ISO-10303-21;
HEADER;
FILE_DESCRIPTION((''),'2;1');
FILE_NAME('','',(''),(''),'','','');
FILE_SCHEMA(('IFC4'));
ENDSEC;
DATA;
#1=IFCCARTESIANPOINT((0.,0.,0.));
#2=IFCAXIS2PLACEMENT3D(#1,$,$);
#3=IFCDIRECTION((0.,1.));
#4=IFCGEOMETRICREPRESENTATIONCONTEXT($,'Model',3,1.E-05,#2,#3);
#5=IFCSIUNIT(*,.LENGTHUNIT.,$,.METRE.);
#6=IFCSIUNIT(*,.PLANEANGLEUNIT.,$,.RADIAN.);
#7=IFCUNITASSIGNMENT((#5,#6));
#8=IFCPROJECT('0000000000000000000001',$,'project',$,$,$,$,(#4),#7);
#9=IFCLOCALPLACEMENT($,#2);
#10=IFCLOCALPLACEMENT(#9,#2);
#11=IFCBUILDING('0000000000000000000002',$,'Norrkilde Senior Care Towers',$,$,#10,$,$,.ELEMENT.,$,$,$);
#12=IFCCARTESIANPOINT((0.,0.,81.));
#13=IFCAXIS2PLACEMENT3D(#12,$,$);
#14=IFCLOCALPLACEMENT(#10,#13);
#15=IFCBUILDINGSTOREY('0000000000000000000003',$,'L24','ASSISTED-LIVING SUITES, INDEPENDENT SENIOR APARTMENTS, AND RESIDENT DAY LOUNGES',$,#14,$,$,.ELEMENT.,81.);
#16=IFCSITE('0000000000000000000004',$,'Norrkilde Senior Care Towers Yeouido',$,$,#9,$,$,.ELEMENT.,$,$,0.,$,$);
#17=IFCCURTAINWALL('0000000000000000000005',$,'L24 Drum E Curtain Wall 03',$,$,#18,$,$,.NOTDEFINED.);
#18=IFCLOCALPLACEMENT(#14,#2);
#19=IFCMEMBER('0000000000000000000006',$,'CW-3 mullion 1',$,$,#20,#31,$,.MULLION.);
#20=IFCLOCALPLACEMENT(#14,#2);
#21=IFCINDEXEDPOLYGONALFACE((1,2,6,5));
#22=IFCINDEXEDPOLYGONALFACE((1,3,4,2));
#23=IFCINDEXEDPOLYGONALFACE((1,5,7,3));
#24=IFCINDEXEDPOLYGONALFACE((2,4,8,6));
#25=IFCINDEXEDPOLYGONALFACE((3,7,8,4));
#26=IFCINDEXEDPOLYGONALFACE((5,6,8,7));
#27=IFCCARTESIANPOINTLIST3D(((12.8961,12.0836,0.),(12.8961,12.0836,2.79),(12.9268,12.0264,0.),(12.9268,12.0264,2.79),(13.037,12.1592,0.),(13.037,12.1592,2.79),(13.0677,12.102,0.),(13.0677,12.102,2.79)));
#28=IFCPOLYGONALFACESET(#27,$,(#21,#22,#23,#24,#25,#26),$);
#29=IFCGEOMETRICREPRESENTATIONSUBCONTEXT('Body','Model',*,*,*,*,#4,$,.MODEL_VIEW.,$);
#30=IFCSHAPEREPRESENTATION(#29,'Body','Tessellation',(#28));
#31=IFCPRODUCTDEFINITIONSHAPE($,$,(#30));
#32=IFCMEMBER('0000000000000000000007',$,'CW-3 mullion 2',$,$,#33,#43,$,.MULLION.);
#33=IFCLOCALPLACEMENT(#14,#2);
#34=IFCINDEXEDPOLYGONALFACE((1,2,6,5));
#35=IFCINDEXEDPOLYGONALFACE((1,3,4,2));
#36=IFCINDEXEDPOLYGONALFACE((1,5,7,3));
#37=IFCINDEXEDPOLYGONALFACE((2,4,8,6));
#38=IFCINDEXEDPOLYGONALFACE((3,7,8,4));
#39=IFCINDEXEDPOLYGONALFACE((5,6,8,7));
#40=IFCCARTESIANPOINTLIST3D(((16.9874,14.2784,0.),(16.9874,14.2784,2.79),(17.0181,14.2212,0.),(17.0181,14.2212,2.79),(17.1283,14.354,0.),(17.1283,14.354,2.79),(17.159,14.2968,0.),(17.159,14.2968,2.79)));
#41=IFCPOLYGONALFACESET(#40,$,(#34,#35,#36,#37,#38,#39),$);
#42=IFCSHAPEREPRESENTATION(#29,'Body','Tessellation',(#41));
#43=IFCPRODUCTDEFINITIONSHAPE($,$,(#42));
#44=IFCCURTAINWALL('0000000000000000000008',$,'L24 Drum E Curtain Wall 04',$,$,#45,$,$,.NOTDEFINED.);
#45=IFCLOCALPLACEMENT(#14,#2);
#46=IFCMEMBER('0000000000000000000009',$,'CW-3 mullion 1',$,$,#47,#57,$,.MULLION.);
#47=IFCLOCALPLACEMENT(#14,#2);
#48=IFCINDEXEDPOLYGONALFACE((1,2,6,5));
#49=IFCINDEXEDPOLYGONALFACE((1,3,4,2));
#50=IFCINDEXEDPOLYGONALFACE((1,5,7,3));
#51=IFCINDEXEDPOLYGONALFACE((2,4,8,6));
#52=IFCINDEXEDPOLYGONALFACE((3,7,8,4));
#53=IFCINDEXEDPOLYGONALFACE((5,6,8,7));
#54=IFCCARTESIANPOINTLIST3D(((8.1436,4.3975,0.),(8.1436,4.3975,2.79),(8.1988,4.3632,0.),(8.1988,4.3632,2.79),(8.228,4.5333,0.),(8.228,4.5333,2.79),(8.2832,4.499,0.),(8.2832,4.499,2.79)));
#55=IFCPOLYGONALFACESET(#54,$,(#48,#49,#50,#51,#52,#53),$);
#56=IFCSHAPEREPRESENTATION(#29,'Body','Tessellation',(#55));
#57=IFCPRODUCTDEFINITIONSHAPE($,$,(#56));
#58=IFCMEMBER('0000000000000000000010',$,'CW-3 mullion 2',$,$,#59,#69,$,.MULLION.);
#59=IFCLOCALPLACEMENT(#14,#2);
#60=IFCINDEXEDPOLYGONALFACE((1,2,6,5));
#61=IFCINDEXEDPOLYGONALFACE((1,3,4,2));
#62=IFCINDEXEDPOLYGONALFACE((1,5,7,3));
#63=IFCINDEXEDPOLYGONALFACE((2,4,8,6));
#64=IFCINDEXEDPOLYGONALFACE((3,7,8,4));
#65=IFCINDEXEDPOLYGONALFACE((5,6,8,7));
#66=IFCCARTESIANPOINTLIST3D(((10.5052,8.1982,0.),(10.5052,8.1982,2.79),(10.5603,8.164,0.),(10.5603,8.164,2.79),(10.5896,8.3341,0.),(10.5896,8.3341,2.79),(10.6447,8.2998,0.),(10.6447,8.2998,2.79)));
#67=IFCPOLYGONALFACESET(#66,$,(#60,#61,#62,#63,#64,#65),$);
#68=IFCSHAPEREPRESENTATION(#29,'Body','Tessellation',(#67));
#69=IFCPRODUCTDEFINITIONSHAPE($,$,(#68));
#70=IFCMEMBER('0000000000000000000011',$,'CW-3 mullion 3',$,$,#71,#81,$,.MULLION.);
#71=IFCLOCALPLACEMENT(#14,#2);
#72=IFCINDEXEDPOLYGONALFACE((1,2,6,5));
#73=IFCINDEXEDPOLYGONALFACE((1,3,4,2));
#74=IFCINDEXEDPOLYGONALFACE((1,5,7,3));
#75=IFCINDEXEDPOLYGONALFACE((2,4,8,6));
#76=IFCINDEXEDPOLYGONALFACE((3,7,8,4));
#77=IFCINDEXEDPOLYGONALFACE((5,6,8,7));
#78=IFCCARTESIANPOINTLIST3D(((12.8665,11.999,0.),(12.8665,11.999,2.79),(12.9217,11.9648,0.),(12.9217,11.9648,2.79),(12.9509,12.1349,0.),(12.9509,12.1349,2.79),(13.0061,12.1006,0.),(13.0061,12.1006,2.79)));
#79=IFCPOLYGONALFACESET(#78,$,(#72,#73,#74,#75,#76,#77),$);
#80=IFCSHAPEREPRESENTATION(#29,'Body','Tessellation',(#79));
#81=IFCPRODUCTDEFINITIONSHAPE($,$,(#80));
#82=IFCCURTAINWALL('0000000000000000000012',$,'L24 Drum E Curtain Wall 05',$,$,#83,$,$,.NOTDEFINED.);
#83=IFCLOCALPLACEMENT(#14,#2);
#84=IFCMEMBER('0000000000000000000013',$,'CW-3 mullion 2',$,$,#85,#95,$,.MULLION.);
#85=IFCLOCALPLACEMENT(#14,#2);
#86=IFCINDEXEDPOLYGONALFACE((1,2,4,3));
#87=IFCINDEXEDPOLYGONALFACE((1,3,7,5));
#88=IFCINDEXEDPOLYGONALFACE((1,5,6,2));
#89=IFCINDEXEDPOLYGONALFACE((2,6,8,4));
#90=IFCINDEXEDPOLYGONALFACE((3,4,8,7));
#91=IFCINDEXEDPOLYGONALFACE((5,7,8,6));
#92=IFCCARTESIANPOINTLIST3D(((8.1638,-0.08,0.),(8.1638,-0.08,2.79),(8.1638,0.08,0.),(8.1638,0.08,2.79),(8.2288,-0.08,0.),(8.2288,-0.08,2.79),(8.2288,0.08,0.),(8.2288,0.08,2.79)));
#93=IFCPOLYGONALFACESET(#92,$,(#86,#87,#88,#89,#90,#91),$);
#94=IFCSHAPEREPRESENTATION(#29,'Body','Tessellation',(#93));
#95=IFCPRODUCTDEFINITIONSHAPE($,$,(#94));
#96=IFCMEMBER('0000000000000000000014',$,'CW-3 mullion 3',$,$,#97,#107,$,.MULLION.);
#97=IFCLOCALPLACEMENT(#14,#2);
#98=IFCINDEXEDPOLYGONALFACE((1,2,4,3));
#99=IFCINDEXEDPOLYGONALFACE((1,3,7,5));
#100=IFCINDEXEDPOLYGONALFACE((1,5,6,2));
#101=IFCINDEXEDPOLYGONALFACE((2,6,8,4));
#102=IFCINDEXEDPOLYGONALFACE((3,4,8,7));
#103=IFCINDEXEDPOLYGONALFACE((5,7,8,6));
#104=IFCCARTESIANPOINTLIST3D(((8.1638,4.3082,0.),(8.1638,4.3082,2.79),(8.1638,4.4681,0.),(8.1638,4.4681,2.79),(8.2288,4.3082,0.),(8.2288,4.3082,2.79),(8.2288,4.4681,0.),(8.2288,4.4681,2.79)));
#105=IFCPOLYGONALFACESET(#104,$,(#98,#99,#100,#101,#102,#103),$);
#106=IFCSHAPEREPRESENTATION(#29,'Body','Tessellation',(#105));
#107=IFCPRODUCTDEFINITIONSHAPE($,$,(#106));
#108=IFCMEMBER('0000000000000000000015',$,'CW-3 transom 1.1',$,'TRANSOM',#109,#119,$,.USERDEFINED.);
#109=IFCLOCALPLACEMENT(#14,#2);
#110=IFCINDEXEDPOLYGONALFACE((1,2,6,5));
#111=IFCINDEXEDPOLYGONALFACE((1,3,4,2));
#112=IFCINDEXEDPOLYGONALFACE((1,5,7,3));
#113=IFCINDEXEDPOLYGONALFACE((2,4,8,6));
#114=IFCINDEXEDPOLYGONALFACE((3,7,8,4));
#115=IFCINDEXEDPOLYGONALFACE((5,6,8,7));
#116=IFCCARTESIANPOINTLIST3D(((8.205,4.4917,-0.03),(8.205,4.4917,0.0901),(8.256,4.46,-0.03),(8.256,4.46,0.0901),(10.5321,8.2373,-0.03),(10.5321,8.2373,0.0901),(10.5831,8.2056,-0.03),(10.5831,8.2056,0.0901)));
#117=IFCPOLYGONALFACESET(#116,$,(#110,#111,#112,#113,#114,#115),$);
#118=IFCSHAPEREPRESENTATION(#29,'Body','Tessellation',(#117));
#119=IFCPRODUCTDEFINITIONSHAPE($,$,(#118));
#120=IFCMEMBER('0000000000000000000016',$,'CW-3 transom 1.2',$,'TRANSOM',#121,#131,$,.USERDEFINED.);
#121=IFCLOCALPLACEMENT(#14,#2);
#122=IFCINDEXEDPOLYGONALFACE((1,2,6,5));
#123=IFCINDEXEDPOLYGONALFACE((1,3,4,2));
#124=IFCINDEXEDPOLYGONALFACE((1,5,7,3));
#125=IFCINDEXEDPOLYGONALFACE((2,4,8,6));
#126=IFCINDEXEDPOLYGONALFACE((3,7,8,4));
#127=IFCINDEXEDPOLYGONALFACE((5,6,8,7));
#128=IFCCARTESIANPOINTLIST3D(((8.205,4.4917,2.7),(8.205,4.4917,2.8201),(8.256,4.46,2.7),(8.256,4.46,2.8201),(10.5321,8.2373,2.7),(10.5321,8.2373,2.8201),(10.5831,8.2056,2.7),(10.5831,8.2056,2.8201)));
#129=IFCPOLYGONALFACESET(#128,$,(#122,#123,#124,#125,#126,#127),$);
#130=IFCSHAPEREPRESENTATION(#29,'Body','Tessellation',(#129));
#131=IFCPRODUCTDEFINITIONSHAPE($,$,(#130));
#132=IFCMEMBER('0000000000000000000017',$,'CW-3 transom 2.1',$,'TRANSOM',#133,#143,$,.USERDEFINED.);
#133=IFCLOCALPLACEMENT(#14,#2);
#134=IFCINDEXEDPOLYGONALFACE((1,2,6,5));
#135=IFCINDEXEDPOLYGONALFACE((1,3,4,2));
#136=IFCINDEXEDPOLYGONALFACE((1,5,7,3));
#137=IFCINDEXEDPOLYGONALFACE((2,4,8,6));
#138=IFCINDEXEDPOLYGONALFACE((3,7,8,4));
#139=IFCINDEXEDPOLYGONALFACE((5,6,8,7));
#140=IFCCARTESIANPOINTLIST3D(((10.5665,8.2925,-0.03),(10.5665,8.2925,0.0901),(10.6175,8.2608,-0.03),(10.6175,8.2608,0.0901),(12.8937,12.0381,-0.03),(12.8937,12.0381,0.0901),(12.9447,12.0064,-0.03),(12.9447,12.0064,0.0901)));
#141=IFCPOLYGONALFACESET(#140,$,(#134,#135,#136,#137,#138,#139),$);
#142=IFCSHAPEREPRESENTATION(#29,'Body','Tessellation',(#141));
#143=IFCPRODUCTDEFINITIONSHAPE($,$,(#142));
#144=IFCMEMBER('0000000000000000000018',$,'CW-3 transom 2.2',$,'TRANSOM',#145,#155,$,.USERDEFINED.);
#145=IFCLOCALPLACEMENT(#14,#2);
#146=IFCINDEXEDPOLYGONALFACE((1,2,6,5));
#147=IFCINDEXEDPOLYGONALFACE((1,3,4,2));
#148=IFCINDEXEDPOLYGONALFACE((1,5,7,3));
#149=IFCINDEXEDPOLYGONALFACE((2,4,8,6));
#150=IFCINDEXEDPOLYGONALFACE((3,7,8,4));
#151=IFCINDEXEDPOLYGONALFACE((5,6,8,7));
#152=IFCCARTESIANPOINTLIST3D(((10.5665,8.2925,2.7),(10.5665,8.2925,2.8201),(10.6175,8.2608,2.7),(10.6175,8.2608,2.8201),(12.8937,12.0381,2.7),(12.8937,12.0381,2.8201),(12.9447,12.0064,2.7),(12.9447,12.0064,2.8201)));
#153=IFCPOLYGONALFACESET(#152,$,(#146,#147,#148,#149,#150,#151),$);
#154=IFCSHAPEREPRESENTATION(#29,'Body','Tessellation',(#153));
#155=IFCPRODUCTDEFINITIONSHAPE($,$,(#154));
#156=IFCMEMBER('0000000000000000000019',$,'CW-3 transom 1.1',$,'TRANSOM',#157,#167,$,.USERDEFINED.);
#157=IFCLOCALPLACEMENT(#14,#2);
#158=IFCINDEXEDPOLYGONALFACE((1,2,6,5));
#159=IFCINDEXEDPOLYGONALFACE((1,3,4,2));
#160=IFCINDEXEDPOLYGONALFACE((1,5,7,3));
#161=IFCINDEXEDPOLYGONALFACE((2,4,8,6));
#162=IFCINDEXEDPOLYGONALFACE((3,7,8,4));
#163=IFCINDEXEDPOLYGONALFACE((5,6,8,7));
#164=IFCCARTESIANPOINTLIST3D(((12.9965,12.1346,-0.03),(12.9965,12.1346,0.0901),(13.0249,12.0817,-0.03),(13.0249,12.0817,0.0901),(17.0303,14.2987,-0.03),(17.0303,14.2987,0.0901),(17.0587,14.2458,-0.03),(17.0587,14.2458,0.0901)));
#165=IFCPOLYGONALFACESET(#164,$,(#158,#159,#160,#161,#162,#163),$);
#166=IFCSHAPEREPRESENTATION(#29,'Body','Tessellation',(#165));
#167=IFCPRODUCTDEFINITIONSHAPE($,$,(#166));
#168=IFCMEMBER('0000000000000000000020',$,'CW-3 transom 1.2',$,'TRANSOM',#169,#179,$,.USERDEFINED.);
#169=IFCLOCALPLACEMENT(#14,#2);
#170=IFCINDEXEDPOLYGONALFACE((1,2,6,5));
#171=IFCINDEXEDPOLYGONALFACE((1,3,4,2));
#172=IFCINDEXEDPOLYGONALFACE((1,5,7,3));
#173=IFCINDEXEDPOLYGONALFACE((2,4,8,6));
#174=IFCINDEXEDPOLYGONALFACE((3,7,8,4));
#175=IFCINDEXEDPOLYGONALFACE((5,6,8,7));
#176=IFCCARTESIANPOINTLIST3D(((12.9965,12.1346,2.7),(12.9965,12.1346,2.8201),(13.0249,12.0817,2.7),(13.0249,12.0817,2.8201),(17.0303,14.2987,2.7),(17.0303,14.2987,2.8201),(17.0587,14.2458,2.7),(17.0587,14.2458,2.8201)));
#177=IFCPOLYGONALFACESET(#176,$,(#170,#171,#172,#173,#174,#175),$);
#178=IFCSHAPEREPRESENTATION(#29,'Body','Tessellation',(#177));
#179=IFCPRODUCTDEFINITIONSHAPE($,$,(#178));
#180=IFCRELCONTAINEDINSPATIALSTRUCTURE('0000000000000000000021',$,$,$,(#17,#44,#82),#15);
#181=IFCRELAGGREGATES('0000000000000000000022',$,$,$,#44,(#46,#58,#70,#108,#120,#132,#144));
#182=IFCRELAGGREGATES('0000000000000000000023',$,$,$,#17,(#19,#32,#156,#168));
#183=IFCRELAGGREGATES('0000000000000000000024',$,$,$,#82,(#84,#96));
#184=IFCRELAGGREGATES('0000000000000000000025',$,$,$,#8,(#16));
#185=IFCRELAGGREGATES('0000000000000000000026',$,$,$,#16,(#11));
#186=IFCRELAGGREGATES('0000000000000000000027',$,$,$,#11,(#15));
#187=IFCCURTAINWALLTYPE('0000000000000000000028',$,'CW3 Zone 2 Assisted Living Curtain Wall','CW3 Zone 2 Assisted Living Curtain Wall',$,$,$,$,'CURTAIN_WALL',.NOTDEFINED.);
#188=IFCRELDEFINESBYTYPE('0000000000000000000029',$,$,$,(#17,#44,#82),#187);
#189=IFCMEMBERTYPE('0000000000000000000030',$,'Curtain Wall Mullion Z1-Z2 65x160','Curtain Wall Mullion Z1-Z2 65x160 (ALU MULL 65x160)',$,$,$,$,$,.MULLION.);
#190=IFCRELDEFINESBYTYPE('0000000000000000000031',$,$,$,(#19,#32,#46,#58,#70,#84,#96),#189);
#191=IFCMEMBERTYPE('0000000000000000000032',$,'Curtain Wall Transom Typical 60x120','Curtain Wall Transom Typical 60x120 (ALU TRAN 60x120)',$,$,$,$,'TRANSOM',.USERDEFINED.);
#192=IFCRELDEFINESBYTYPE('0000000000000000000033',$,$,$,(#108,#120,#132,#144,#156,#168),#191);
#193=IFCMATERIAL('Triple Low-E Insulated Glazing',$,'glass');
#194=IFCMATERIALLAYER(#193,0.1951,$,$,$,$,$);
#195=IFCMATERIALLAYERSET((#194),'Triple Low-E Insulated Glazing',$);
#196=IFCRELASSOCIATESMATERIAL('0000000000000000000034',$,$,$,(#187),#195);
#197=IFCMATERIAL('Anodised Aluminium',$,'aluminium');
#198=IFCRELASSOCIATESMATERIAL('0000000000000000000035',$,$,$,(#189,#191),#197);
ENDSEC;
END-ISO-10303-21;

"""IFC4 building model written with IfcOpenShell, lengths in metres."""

from ifc_helpers import new_model, si_unit, direction, frame, origin, origin_2d, place, context, subcontext, project, spatial, rectangle, extrude, source, transform, mapped, material, layer, layer_set, material_profile, profile_set, type_object, type_shapes, element, aggregate, save


model = new_model("IFC4")

# Units and contexts
model_context = context("Model", 3, precision=1e-05, world=origin(), true_north=direction((0.0, 1.0)))
body_context = subcontext(model_context, "Body", "Model", "MODEL_VIEW")
ifc_project = project(units=[si_unit("LENGTHUNIT", "METRE"), si_unit("PLANEANGLEUNIT", "RADIAN")], contexts=[model_context])

# Site, building, storey
site_placement = place(None, origin())
site = spatial("IfcSite", under=ifc_project, at=site_placement, Name="Norrkilde Senior Care Towers Yeouido", CompositionType="ELEMENT", RefElevation=0.0)
building_placement = place(site_placement, origin())
building = spatial("IfcBuilding", under=site, at=building_placement, Name="Norrkilde Senior Care Towers", CompositionType="ELEMENT")
storey_placement = place(building_placement, frame((0.0, 0.0, 81.0)))
storey = spatial("IfcBuildingStorey", under=building, at=storey_placement, Name="L24", Description="ASSISTED-LIVING SUITES, INDEPENDENT SENIOR APARTMENTS, AND RESIDENT DAY LOUNGES", CompositionType="ELEMENT", Elevation=81.0)

# Curtain walls, members
ifc_material_1 = material(Name="Triple Low-E Insulated Glazing", Category="glass")
ifc_layer_1 = layer(ifc_material_1, 0.1951)
ifc_layer_set_1 = layer_set([ifc_layer_1], Name="Triple Low-E Insulated Glazing")
curtain_wall_type = type_object("IfcCurtainWallType", Name="CW3 Zone 2 Assisted Living Curtain Wall", Description="CW3 Zone 2 Assisted Living Curtain Wall", ElementType="CURTAIN_WALL", PredefinedType="NOTDEFINED", material=ifc_layer_set_1)
curtain_wall_1_placement = place(storey_placement, origin())
curtain_wall_1 = element("IfcCurtainWall", 1, at=curtain_wall_1_placement, inside=storey, type_object=curtain_wall_type, Name="L24 Drum E Curtain Wall 03", PredefinedType="NOTDEFINED")
ifc_material_2 = material(Name="Anodised Aluminium", Category="aluminium")
ifc_material_profile_1 = material_profile(ifc_material_2, rectangle(XDim=0.0649, YDim=0.1599, at=origin_2d()), Name="ALU MULL 65x160")
ifc_profile_set_1 = profile_set([ifc_material_profile_1], Name="Anodised Aluminium")
member_type_1 = type_object("IfcMemberType", Name="Curtain Wall Mullion Z1-Z2 65x160", Description="Curtain Wall Mullion Z1-Z2 65x160 (ALU MULL 65x160)", PredefinedType="MULLION", material=ifc_profile_set_1)
shared_shape_1 = source(origin(), body_context, "Body", "SweptSolid", [
    extrude(rectangle(XDim=0.0649, YDim=0.1599, at=origin_2d()), origin(), (0.0, 0.0, 1.0), 2.79),
])
type_shapes(member_type_1, [shared_shape_1])
member_1_placement = place(storey_placement, frame((12.9819, 12.0928, 0.0), z_axis=(0.0, 0.0, 1.0), x_axis=(-0.472769, 0.881186, 0.0)))
member_1 = element("IfcMember", 2, at=member_1_placement, type_object=member_type_1, Name="CW-3 mullion 1", PredefinedType="MULLION", context=body_context, shape_type="MappedRepresentation", body=[
    mapped(shared_shape_1, transform((0.0, 0.0, 0.0), x_axis=(1.0, 0.0, 0.0), y_axis=(0.0, 1.0, 0.0), z_axis=(0.0, 0.0, 1.0), scale=1.0)),
])
member_2_placement = place(storey_placement, frame((17.0732, 14.2876, 0.0), z_axis=(0.0, 0.0, 1.0), x_axis=(-0.472769, 0.881186, 0.0)))
member_2 = element("IfcMember", 3, at=member_2_placement, type_object=member_type_1, Name="CW-3 mullion 2", PredefinedType="MULLION", context=body_context, shape_type="MappedRepresentation", body=[
    mapped(shared_shape_1, transform((0.0, 0.0, 0.0), x_axis=(1.0, 0.0, 0.0), y_axis=(0.0, 1.0, 0.0), z_axis=(0.0, 0.0, 1.0), scale=1.0)),
])
curtain_wall_2_placement = place(storey_placement, origin())
curtain_wall_2 = element("IfcCurtainWall", 4, at=curtain_wall_2_placement, inside=storey, type_object=curtain_wall_type, Name="L24 Drum E Curtain Wall 04", PredefinedType="NOTDEFINED")
member_3_placement = place(storey_placement, frame((8.2134, 4.4482, 0.0), z_axis=(0.0, 0.0, 1.0), x_axis=(-0.84941, 0.527733, 0.0)))
member_3 = element("IfcMember", 5, at=member_3_placement, type_object=member_type_1, Name="CW-3 mullion 1", PredefinedType="MULLION", context=body_context, shape_type="MappedRepresentation", body=[
    mapped(shared_shape_1, transform((0.0, 0.0, 0.0), x_axis=(1.0, 0.0, 0.0), y_axis=(0.0, 1.0, 0.0), z_axis=(0.0, 0.0, 1.0), scale=1.0)),
])
member_4_placement = place(storey_placement, frame((10.575, 8.249, 0.0), z_axis=(0.0, 0.0, 1.0), x_axis=(-0.84941, 0.527733, 0.0)))
member_4 = element("IfcMember", 6, at=member_4_placement, type_object=member_type_1, Name="CW-3 mullion 2", PredefinedType="MULLION", context=body_context, shape_type="MappedRepresentation", body=[
    mapped(shared_shape_1, transform((0.0, 0.0, 0.0), x_axis=(1.0, 0.0, 0.0), y_axis=(0.0, 1.0, 0.0), z_axis=(0.0, 0.0, 1.0), scale=1.0)),
])
member_5_placement = place(storey_placement, frame((12.9363, 12.0498, 0.0), z_axis=(0.0, 0.0, 1.0), x_axis=(-0.84941, 0.527733, 0.0)))
member_5 = element("IfcMember", 7, at=member_5_placement, type_object=member_type_1, Name="CW-3 mullion 3", PredefinedType="MULLION", context=body_context, shape_type="MappedRepresentation", body=[
    mapped(shared_shape_1, transform((0.0, 0.0, 0.0), x_axis=(1.0, 0.0, 0.0), y_axis=(0.0, 1.0, 0.0), z_axis=(0.0, 0.0, 1.0), scale=1.0)),
])
curtain_wall_3_placement = place(storey_placement, origin())
curtain_wall_3 = element("IfcCurtainWall", 8, at=curtain_wall_3_placement, inside=storey, type_object=curtain_wall_type, Name="L24 Drum E Curtain Wall 05", PredefinedType="NOTDEFINED")
member_6_placement = place(storey_placement, frame((8.1963, 0.0, 0.0), z_axis=(0.0, 0.0, 1.0), x_axis=(-1.0, 0.0, 0.0)))
member_6 = element("IfcMember", 9, at=member_6_placement, type_object=member_type_1, Name="CW-3 mullion 2", PredefinedType="MULLION", context=body_context, shape_type="MappedRepresentation", body=[
    mapped(shared_shape_1, transform((0.0, 0.0, 0.0), x_axis=(1.0, 0.0, 0.0), y_axis=(0.0, 1.0, 0.0), z_axis=(0.0, 0.0, 1.0), scale=1.0)),
])
member_7_placement = place(storey_placement, frame((8.1963, 4.3882, 0.0), z_axis=(0.0, 0.0, 1.0), x_axis=(-1.0, 0.0, 0.0)))
member_7 = element("IfcMember", 10, at=member_7_placement, type_object=member_type_1, Name="CW-3 mullion 3", PredefinedType="MULLION", context=body_context, shape_type="MappedRepresentation", body=[
    mapped(shared_shape_1, transform((0.0, 0.0, 0.0), x_axis=(1.0, 0.0, 0.0), y_axis=(0.0, 1.0, 0.0), z_axis=(0.0, 0.0, 1.0), scale=1.0)),
])

# Members
ifc_material_profile_2 = material_profile(ifc_material_2, rectangle(XDim=0.0601, YDim=0.1201, at=origin_2d()), Name="ALU TRAN 60x120")
ifc_profile_set_2 = profile_set([ifc_material_profile_2], Name="Anodised Aluminium")
member_type_2 = type_object("IfcMemberType", Name="Curtain Wall Transom Typical 60x120", Description="Curtain Wall Transom Typical 60x120 (ALU TRAN 60x120)", ElementType="TRANSOM", PredefinedType="USERDEFINED", material=ifc_profile_set_2)
shared_shape_2 = source(origin(), body_context, "Body", "SweptSolid", [
    extrude(rectangle(XDim=0.0601, YDim=0.1201, at=origin_2d()), origin(), (0.0, 0.0, 1.0), 4.4097),
])
member_8_placement = place(storey_placement, frame((8.2305, 4.4758, 0.03), z_axis=(0.527738, 0.849407, 0.0), x_axis=(-0.849407, 0.527738, 0.0)))
member_8 = element("IfcMember", 11, at=member_8_placement, type_object=member_type_2, Name="CW-3 transom 1.1", ObjectType="TRANSOM", PredefinedType="USERDEFINED", context=body_context, shape_type="MappedRepresentation", body=[
    mapped(shared_shape_2, transform((0.0, 0.0, 0.0), x_axis=(1.0, 0.0, 0.0), y_axis=(0.0, 1.0, 0.0), z_axis=(0.0, 0.0, 1.0), scale=1.0)),
])
member_9_placement = place(storey_placement, frame((8.2305, 4.4758, 2.76), z_axis=(0.527738, 0.849407, 0.0), x_axis=(-0.849407, 0.527738, 0.0)))
member_9 = element("IfcMember", 12, at=member_9_placement, type_object=member_type_2, Name="CW-3 transom 1.2", ObjectType="TRANSOM", PredefinedType="USERDEFINED", context=body_context, shape_type="MappedRepresentation", body=[
    mapped(shared_shape_2, transform((0.0, 0.0, 0.0), x_axis=(1.0, 0.0, 0.0), y_axis=(0.0, 1.0, 0.0), z_axis=(0.0, 0.0, 1.0), scale=1.0)),
])
member_10_placement = place(storey_placement, frame((10.592, 8.2766, 0.03), z_axis=(0.527738, 0.849407, 0.0), x_axis=(-0.849407, 0.527738, 0.0)))
member_10 = element("IfcMember", 13, at=member_10_placement, type_object=member_type_2, Name="CW-3 transom 2.1", ObjectType="TRANSOM", PredefinedType="USERDEFINED", context=body_context, shape_type="MappedRepresentation", body=[
    mapped(shared_shape_2, transform((0.0, 0.0, 0.0), x_axis=(1.0, 0.0, 0.0), y_axis=(0.0, 1.0, 0.0), z_axis=(0.0, 0.0, 1.0), scale=1.0)),
])
member_11_placement = place(storey_placement, frame((10.592, 8.2766, 2.76), z_axis=(0.527738, 0.849407, 0.0), x_axis=(-0.849407, 0.527738, 0.0)))
member_11 = element("IfcMember", 14, at=member_11_placement, type_object=member_type_2, Name="CW-3 transom 2.2", ObjectType="TRANSOM", PredefinedType="USERDEFINED", context=body_context, shape_type="MappedRepresentation", body=[
    mapped(shared_shape_2, transform((0.0, 0.0, 0.0), x_axis=(1.0, 0.0, 0.0), y_axis=(0.0, 1.0, 0.0), z_axis=(0.0, 0.0, 1.0), scale=1.0)),
])
shared_shape_3 = source(origin(), body_context, "Body", "SweptSolid", [
    extrude(rectangle(XDim=0.0601, YDim=0.1201, at=origin_2d()), origin(), (0.0, 0.0, 1.0), 4.5776),
])
member_12_placement = place(storey_placement, frame((13.0107, 12.1082, 0.03), z_axis=(0.881193, 0.472757, 0.0), x_axis=(-0.472757, 0.881193, 0.0)))
member_12 = element("IfcMember", 15, at=member_12_placement, type_object=member_type_2, Name="CW-3 transom 1.1", ObjectType="TRANSOM", PredefinedType="USERDEFINED", context=body_context, shape_type="MappedRepresentation", body=[
    mapped(shared_shape_3, transform((0.0, 0.0, 0.0), x_axis=(1.0, 0.0, 0.0), y_axis=(0.0, 1.0, 0.0), z_axis=(0.0, 0.0, 1.0), scale=1.0)),
])
member_13_placement = place(storey_placement, frame((13.0107, 12.1082, 2.76), z_axis=(0.881193, 0.472757, 0.0), x_axis=(-0.472757, 0.881193, 0.0)))
member_13 = element("IfcMember", 16, at=member_13_placement, type_object=member_type_2, Name="CW-3 transom 1.2", ObjectType="TRANSOM", PredefinedType="USERDEFINED", context=body_context, shape_type="MappedRepresentation", body=[
    mapped(shared_shape_3, transform((0.0, 0.0, 0.0), x_axis=(1.0, 0.0, 0.0), y_axis=(0.0, 1.0, 0.0), z_axis=(0.0, 0.0, 1.0), scale=1.0)),
])

aggregate(curtain_wall_2, [member_3, member_4, member_5, member_8, member_9, member_10, member_11])
aggregate(curtain_wall_1, [member_1, member_2, member_12, member_13])
aggregate(curtain_wall_3, [member_6, member_7])

save(model, "model.ifc")
